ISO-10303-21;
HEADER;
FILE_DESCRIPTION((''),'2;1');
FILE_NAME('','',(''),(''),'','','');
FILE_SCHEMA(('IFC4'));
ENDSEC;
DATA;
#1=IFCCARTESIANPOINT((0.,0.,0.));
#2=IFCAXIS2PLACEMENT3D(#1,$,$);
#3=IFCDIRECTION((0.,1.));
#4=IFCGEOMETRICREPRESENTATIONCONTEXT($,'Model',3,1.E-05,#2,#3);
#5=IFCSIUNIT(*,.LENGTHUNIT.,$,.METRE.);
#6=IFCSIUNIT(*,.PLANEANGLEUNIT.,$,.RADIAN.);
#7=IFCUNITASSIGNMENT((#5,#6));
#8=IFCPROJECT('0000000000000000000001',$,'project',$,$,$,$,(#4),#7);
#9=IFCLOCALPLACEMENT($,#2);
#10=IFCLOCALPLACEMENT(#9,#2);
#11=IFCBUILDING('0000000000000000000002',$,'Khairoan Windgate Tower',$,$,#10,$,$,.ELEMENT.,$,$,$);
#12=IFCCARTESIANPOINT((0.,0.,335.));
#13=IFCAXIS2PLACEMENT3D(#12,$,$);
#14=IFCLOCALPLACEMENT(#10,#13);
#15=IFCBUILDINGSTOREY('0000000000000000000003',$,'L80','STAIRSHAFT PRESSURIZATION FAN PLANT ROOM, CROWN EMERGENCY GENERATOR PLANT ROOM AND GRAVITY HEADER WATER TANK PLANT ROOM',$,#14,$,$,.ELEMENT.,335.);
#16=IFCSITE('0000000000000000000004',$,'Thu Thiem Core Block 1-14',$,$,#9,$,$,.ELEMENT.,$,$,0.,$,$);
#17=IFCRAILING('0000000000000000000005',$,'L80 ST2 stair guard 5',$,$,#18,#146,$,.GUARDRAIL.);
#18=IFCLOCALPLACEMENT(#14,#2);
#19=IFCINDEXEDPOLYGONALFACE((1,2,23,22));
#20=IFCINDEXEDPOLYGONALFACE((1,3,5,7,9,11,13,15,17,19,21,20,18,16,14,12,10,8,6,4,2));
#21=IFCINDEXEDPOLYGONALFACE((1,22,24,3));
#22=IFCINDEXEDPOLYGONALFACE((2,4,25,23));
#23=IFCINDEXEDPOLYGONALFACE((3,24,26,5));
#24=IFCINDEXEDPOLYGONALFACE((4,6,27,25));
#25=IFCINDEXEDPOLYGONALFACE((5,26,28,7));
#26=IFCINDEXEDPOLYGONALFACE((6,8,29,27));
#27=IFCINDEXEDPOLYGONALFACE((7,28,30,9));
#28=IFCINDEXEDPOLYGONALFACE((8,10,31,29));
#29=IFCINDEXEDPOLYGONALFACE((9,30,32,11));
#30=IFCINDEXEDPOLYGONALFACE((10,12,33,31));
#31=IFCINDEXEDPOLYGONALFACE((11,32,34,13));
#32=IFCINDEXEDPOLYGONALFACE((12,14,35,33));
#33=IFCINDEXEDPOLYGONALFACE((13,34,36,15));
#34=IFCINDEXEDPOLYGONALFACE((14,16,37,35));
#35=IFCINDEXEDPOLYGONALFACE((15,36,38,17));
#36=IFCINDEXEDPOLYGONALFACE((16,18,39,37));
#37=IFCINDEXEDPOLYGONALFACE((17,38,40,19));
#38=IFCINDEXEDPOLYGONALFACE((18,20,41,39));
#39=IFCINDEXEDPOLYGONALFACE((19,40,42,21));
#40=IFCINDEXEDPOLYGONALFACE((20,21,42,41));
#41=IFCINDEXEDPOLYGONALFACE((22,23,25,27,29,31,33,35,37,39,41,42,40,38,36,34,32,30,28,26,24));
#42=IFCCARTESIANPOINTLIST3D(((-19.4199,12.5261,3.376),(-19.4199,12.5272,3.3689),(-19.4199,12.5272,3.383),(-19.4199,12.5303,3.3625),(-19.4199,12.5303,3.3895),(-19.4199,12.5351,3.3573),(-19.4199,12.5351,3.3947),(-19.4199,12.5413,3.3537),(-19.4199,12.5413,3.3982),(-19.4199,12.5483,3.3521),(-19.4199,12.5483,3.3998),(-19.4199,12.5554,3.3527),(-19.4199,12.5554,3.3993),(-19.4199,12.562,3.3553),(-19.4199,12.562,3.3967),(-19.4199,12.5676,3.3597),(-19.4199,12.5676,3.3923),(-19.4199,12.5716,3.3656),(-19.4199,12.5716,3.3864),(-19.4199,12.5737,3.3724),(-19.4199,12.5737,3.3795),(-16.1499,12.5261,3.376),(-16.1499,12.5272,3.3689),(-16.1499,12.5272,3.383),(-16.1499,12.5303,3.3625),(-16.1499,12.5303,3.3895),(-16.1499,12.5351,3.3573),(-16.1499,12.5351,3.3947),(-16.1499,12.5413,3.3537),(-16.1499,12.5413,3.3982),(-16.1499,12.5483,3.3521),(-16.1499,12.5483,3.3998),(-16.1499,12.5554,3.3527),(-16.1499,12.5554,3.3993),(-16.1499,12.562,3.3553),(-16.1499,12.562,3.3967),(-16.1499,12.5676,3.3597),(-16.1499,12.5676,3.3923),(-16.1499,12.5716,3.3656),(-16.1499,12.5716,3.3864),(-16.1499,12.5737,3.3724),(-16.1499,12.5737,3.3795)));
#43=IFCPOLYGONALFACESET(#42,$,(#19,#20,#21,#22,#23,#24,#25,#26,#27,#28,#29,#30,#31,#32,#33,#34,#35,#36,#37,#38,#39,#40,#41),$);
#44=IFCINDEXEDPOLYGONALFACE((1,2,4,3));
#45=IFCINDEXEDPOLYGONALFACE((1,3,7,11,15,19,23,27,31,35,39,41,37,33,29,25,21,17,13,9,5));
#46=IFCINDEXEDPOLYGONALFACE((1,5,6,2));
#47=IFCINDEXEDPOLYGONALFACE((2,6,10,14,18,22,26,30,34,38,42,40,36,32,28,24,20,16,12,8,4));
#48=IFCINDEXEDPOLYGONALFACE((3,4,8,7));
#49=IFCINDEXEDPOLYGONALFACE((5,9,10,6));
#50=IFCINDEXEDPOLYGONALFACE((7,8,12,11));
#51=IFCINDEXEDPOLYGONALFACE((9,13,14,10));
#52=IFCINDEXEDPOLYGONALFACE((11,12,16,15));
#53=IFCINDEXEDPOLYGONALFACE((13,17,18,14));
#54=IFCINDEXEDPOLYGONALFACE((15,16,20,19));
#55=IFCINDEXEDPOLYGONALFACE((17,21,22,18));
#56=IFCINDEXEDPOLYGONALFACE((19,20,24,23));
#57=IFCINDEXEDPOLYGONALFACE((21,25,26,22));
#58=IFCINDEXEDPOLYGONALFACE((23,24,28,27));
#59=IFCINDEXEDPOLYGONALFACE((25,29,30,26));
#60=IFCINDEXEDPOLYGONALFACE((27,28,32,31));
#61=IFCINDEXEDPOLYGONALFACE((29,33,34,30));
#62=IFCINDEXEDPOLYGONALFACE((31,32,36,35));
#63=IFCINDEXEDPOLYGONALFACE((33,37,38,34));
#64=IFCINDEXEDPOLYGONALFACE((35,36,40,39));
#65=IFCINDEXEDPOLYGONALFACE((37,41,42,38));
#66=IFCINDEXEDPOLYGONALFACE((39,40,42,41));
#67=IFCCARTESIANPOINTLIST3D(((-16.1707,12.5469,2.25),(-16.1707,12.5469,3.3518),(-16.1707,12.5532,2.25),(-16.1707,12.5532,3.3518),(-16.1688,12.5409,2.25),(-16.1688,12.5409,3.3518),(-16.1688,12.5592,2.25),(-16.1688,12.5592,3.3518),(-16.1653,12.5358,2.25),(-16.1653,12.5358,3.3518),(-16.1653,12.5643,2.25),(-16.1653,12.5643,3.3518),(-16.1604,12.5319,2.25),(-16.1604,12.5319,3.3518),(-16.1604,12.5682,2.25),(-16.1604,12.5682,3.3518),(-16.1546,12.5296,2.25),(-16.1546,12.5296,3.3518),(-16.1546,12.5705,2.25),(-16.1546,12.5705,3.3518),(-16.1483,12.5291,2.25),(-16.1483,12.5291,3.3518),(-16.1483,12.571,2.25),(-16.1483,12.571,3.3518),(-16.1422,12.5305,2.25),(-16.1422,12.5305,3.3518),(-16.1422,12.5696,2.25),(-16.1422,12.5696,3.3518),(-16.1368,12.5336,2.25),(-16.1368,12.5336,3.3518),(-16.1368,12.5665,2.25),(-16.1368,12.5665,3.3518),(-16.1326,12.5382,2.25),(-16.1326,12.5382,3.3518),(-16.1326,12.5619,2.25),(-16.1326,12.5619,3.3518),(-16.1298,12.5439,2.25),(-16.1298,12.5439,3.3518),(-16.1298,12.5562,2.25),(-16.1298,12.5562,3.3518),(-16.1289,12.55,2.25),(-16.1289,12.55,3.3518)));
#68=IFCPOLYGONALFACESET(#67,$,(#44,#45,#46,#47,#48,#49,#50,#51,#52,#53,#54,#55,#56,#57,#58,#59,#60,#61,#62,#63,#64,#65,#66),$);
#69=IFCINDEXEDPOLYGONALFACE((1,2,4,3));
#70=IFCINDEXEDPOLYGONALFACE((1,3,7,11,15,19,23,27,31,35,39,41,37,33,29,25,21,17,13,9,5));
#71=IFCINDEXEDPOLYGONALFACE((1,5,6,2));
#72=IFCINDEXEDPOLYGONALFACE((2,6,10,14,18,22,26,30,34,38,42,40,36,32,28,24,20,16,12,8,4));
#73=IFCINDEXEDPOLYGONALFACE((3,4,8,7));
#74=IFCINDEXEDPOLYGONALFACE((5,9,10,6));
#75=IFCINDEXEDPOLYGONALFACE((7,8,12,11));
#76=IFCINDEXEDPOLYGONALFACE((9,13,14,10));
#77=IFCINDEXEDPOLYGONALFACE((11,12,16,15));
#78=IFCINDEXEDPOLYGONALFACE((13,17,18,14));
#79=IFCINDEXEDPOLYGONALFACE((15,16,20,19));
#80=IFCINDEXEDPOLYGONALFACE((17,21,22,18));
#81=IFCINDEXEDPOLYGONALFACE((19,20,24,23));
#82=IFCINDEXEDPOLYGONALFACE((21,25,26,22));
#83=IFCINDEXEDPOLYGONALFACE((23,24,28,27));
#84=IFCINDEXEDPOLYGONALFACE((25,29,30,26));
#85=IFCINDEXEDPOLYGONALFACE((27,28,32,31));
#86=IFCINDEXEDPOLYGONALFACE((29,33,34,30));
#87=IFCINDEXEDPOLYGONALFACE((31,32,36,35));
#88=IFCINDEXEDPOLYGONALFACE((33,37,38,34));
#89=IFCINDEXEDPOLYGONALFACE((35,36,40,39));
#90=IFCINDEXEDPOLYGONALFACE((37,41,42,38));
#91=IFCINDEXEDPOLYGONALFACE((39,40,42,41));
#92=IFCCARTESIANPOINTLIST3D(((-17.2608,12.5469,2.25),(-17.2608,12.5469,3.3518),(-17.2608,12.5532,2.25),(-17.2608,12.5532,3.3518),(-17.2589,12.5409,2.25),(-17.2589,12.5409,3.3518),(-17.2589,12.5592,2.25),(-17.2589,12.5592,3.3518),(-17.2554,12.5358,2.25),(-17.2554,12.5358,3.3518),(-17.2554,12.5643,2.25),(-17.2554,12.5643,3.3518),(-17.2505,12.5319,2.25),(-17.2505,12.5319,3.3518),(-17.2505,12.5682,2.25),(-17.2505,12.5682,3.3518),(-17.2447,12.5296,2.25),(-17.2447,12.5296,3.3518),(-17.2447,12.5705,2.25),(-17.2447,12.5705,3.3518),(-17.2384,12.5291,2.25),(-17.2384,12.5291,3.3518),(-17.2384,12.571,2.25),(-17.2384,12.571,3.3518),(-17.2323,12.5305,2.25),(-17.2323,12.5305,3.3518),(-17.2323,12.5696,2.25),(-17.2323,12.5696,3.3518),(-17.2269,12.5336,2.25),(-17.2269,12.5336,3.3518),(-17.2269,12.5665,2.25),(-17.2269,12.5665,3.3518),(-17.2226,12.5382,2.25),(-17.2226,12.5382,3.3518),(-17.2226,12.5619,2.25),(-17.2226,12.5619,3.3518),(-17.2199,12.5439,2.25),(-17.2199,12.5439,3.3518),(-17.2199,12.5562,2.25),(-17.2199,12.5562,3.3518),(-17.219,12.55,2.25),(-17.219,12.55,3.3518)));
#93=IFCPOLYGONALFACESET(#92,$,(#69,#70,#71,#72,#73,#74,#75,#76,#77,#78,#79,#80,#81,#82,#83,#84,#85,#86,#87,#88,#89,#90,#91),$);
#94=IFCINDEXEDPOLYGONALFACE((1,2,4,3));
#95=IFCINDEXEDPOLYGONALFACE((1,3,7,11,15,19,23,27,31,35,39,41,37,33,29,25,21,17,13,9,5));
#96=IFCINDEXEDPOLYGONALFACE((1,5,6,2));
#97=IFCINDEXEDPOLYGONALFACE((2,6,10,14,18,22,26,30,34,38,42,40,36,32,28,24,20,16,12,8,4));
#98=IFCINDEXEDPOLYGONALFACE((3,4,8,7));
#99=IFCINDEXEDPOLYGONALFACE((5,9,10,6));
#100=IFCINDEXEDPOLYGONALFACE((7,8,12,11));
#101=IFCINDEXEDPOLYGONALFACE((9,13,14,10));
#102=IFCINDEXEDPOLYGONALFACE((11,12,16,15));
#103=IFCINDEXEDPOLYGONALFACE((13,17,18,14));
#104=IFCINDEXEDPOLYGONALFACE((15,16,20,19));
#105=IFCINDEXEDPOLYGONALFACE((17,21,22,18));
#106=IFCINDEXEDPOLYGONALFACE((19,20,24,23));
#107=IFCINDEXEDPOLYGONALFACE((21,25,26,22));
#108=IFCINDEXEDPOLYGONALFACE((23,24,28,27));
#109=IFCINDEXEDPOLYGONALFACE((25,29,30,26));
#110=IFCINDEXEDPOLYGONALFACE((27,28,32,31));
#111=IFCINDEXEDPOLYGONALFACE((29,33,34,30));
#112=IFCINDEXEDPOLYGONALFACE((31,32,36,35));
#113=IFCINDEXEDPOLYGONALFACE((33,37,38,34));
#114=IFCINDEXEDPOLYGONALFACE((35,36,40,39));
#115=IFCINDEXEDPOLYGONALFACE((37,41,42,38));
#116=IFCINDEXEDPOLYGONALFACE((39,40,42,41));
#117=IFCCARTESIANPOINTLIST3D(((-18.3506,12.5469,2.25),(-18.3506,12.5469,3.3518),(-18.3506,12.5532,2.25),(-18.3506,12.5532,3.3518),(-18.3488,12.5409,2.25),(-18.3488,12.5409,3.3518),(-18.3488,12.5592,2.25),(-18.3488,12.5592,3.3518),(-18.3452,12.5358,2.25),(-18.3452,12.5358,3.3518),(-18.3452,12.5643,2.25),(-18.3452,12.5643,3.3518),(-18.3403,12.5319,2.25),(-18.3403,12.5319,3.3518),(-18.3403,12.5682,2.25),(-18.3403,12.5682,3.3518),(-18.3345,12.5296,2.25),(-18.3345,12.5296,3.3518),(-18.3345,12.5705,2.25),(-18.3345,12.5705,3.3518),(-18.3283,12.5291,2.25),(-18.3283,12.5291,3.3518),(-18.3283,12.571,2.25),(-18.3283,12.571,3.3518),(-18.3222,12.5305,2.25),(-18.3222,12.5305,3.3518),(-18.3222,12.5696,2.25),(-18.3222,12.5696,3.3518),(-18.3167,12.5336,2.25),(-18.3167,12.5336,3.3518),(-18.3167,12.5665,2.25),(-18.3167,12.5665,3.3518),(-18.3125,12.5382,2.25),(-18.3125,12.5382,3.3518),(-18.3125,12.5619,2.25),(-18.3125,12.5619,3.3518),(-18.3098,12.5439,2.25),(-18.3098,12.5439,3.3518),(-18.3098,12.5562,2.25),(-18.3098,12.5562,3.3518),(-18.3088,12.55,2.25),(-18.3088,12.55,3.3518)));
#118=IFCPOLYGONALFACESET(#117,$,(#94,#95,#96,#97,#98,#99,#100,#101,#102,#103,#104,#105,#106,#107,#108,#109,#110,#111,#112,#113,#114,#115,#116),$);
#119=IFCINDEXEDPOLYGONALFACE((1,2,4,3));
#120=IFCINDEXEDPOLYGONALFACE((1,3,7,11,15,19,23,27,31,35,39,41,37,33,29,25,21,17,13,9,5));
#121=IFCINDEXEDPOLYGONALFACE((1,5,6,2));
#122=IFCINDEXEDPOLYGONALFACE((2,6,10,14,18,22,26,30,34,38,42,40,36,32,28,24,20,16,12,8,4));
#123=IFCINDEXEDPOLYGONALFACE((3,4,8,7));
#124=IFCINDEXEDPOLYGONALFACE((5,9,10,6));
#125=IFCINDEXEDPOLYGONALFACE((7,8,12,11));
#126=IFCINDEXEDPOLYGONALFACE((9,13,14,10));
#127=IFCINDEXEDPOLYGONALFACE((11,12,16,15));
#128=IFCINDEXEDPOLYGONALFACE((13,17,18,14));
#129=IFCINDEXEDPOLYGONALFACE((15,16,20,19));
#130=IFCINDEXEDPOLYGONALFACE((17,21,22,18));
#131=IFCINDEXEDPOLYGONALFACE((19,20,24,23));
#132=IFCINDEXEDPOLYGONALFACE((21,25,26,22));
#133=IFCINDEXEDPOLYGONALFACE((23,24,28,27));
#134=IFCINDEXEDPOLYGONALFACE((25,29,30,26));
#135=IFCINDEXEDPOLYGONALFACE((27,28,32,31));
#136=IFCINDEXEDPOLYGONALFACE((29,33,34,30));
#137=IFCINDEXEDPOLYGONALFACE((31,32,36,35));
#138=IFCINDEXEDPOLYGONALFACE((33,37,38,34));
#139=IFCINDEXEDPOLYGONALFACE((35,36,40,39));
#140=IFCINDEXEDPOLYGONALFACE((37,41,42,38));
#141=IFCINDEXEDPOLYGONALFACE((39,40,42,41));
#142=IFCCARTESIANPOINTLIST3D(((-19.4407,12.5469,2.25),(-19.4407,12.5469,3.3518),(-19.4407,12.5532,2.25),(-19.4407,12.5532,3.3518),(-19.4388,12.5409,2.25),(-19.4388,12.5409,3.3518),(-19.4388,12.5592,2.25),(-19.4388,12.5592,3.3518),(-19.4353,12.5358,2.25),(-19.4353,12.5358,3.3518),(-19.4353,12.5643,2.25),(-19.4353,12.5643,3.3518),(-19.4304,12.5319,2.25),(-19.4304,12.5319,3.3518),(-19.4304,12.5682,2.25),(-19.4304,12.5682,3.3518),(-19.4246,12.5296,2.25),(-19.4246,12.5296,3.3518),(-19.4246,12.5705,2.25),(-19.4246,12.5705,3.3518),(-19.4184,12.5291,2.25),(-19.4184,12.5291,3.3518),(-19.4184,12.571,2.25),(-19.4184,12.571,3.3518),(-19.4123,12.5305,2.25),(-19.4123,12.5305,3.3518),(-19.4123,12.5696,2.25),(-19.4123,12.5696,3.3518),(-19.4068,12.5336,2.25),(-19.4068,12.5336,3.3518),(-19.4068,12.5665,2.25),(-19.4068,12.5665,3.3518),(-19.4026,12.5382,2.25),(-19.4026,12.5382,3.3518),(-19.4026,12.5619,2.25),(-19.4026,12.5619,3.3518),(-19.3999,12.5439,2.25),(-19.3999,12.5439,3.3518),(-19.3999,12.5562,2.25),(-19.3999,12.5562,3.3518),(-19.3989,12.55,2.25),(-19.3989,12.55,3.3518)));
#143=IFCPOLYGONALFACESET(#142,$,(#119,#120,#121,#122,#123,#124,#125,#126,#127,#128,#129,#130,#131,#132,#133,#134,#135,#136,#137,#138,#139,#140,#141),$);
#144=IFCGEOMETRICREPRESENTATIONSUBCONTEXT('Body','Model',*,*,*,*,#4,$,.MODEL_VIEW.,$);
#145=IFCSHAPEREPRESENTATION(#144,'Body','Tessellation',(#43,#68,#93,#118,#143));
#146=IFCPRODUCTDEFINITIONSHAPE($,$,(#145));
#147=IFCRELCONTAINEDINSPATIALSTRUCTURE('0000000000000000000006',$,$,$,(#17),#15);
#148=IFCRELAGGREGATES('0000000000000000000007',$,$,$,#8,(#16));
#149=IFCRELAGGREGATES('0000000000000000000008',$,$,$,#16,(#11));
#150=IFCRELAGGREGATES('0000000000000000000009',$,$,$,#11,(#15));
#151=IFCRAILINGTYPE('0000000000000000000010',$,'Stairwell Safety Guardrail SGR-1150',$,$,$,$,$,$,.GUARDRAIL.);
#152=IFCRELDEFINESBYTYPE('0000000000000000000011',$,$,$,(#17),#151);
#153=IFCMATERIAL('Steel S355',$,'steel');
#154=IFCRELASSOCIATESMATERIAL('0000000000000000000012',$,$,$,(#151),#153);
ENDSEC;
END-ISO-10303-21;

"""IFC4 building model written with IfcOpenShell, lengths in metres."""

from ifc_helpers import new_model, si_unit, direction, frame, origin, origin_2d, place, context, subcontext, project, spatial, circle, extrude, material, type_object, element, save


model = new_model("IFC4")

# Units and contexts
model_context = context("Model", 3, precision=1e-05, world=origin(), true_north=direction((0.0, 1.0)))
body_context = subcontext(model_context, "Body", "Model", "MODEL_VIEW")
ifc_project = project(units=[si_unit("LENGTHUNIT", "METRE"), si_unit("PLANEANGLEUNIT", "RADIAN")], contexts=[model_context])

# Site, building, storey
site_placement = place(None, origin())
site = spatial("IfcSite", under=ifc_project, at=site_placement, Name="Thu Thiem Core Block 1-14", CompositionType="ELEMENT", RefElevation=0.0)
building_placement = place(site_placement, origin())
building = spatial("IfcBuilding", under=site, at=building_placement, Name="Khairoan Windgate Tower", CompositionType="ELEMENT")
storey_placement = place(building_placement, frame((0.0, 0.0, 335.0)))
storey = spatial("IfcBuildingStorey", under=building, at=storey_placement, Name="L80", Description="STAIRSHAFT PRESSURIZATION FAN PLANT ROOM, CROWN EMERGENCY GENERATOR PLANT ROOM AND GRAVITY HEADER WATER TANK PLANT ROOM", CompositionType="ELEMENT", Elevation=335.0)

# Railing
ifc_material_1 = material(Name="Steel S355", Category="steel")
railing_type = type_object("IfcRailingType", Name="Stairwell Safety Guardrail SGR-1150", PredefinedType="GUARDRAIL", material=ifc_material_1)
railing_1_placement = place(storey_placement, frame((-16.1499, 12.55, 2.25)))
element("IfcRailing", 1, at=railing_1_placement, inside=storey, type_object=railing_type, Name="L80 ST2 stair guard 5", PredefinedType="GUARDRAIL", context=body_context, shape_type="SweptSolid", body=[
    extrude(circle(Radius=0.0239, at=origin_2d()), frame((0.0, 0.0, 1.126), z_axis=(-1.0, 0.0, 0.0), x_axis=(0.0, -1.0, 0.0)), (0.0, 0.0, 1.0), 3.27),
    extrude(circle(Radius=0.021, at=origin_2d()), origin(), (0.0, 0.0, 1.0), 1.1018),
    extrude(circle(Radius=0.021, at=origin_2d()), frame((-1.0901, 0.0, 0.0)), (0.0, 0.0, 1.0), 1.1018),
    extrude(circle(Radius=0.021, at=origin_2d()), frame((-2.1799, 0.0, 0.0)), (0.0, 0.0, 1.0), 1.1018),
    extrude(circle(Radius=0.021, at=origin_2d()), frame((-3.27, 0.0, 0.0)), (0.0, 0.0, 1.0), 1.1018),
])

save(model, "model.ifc")
